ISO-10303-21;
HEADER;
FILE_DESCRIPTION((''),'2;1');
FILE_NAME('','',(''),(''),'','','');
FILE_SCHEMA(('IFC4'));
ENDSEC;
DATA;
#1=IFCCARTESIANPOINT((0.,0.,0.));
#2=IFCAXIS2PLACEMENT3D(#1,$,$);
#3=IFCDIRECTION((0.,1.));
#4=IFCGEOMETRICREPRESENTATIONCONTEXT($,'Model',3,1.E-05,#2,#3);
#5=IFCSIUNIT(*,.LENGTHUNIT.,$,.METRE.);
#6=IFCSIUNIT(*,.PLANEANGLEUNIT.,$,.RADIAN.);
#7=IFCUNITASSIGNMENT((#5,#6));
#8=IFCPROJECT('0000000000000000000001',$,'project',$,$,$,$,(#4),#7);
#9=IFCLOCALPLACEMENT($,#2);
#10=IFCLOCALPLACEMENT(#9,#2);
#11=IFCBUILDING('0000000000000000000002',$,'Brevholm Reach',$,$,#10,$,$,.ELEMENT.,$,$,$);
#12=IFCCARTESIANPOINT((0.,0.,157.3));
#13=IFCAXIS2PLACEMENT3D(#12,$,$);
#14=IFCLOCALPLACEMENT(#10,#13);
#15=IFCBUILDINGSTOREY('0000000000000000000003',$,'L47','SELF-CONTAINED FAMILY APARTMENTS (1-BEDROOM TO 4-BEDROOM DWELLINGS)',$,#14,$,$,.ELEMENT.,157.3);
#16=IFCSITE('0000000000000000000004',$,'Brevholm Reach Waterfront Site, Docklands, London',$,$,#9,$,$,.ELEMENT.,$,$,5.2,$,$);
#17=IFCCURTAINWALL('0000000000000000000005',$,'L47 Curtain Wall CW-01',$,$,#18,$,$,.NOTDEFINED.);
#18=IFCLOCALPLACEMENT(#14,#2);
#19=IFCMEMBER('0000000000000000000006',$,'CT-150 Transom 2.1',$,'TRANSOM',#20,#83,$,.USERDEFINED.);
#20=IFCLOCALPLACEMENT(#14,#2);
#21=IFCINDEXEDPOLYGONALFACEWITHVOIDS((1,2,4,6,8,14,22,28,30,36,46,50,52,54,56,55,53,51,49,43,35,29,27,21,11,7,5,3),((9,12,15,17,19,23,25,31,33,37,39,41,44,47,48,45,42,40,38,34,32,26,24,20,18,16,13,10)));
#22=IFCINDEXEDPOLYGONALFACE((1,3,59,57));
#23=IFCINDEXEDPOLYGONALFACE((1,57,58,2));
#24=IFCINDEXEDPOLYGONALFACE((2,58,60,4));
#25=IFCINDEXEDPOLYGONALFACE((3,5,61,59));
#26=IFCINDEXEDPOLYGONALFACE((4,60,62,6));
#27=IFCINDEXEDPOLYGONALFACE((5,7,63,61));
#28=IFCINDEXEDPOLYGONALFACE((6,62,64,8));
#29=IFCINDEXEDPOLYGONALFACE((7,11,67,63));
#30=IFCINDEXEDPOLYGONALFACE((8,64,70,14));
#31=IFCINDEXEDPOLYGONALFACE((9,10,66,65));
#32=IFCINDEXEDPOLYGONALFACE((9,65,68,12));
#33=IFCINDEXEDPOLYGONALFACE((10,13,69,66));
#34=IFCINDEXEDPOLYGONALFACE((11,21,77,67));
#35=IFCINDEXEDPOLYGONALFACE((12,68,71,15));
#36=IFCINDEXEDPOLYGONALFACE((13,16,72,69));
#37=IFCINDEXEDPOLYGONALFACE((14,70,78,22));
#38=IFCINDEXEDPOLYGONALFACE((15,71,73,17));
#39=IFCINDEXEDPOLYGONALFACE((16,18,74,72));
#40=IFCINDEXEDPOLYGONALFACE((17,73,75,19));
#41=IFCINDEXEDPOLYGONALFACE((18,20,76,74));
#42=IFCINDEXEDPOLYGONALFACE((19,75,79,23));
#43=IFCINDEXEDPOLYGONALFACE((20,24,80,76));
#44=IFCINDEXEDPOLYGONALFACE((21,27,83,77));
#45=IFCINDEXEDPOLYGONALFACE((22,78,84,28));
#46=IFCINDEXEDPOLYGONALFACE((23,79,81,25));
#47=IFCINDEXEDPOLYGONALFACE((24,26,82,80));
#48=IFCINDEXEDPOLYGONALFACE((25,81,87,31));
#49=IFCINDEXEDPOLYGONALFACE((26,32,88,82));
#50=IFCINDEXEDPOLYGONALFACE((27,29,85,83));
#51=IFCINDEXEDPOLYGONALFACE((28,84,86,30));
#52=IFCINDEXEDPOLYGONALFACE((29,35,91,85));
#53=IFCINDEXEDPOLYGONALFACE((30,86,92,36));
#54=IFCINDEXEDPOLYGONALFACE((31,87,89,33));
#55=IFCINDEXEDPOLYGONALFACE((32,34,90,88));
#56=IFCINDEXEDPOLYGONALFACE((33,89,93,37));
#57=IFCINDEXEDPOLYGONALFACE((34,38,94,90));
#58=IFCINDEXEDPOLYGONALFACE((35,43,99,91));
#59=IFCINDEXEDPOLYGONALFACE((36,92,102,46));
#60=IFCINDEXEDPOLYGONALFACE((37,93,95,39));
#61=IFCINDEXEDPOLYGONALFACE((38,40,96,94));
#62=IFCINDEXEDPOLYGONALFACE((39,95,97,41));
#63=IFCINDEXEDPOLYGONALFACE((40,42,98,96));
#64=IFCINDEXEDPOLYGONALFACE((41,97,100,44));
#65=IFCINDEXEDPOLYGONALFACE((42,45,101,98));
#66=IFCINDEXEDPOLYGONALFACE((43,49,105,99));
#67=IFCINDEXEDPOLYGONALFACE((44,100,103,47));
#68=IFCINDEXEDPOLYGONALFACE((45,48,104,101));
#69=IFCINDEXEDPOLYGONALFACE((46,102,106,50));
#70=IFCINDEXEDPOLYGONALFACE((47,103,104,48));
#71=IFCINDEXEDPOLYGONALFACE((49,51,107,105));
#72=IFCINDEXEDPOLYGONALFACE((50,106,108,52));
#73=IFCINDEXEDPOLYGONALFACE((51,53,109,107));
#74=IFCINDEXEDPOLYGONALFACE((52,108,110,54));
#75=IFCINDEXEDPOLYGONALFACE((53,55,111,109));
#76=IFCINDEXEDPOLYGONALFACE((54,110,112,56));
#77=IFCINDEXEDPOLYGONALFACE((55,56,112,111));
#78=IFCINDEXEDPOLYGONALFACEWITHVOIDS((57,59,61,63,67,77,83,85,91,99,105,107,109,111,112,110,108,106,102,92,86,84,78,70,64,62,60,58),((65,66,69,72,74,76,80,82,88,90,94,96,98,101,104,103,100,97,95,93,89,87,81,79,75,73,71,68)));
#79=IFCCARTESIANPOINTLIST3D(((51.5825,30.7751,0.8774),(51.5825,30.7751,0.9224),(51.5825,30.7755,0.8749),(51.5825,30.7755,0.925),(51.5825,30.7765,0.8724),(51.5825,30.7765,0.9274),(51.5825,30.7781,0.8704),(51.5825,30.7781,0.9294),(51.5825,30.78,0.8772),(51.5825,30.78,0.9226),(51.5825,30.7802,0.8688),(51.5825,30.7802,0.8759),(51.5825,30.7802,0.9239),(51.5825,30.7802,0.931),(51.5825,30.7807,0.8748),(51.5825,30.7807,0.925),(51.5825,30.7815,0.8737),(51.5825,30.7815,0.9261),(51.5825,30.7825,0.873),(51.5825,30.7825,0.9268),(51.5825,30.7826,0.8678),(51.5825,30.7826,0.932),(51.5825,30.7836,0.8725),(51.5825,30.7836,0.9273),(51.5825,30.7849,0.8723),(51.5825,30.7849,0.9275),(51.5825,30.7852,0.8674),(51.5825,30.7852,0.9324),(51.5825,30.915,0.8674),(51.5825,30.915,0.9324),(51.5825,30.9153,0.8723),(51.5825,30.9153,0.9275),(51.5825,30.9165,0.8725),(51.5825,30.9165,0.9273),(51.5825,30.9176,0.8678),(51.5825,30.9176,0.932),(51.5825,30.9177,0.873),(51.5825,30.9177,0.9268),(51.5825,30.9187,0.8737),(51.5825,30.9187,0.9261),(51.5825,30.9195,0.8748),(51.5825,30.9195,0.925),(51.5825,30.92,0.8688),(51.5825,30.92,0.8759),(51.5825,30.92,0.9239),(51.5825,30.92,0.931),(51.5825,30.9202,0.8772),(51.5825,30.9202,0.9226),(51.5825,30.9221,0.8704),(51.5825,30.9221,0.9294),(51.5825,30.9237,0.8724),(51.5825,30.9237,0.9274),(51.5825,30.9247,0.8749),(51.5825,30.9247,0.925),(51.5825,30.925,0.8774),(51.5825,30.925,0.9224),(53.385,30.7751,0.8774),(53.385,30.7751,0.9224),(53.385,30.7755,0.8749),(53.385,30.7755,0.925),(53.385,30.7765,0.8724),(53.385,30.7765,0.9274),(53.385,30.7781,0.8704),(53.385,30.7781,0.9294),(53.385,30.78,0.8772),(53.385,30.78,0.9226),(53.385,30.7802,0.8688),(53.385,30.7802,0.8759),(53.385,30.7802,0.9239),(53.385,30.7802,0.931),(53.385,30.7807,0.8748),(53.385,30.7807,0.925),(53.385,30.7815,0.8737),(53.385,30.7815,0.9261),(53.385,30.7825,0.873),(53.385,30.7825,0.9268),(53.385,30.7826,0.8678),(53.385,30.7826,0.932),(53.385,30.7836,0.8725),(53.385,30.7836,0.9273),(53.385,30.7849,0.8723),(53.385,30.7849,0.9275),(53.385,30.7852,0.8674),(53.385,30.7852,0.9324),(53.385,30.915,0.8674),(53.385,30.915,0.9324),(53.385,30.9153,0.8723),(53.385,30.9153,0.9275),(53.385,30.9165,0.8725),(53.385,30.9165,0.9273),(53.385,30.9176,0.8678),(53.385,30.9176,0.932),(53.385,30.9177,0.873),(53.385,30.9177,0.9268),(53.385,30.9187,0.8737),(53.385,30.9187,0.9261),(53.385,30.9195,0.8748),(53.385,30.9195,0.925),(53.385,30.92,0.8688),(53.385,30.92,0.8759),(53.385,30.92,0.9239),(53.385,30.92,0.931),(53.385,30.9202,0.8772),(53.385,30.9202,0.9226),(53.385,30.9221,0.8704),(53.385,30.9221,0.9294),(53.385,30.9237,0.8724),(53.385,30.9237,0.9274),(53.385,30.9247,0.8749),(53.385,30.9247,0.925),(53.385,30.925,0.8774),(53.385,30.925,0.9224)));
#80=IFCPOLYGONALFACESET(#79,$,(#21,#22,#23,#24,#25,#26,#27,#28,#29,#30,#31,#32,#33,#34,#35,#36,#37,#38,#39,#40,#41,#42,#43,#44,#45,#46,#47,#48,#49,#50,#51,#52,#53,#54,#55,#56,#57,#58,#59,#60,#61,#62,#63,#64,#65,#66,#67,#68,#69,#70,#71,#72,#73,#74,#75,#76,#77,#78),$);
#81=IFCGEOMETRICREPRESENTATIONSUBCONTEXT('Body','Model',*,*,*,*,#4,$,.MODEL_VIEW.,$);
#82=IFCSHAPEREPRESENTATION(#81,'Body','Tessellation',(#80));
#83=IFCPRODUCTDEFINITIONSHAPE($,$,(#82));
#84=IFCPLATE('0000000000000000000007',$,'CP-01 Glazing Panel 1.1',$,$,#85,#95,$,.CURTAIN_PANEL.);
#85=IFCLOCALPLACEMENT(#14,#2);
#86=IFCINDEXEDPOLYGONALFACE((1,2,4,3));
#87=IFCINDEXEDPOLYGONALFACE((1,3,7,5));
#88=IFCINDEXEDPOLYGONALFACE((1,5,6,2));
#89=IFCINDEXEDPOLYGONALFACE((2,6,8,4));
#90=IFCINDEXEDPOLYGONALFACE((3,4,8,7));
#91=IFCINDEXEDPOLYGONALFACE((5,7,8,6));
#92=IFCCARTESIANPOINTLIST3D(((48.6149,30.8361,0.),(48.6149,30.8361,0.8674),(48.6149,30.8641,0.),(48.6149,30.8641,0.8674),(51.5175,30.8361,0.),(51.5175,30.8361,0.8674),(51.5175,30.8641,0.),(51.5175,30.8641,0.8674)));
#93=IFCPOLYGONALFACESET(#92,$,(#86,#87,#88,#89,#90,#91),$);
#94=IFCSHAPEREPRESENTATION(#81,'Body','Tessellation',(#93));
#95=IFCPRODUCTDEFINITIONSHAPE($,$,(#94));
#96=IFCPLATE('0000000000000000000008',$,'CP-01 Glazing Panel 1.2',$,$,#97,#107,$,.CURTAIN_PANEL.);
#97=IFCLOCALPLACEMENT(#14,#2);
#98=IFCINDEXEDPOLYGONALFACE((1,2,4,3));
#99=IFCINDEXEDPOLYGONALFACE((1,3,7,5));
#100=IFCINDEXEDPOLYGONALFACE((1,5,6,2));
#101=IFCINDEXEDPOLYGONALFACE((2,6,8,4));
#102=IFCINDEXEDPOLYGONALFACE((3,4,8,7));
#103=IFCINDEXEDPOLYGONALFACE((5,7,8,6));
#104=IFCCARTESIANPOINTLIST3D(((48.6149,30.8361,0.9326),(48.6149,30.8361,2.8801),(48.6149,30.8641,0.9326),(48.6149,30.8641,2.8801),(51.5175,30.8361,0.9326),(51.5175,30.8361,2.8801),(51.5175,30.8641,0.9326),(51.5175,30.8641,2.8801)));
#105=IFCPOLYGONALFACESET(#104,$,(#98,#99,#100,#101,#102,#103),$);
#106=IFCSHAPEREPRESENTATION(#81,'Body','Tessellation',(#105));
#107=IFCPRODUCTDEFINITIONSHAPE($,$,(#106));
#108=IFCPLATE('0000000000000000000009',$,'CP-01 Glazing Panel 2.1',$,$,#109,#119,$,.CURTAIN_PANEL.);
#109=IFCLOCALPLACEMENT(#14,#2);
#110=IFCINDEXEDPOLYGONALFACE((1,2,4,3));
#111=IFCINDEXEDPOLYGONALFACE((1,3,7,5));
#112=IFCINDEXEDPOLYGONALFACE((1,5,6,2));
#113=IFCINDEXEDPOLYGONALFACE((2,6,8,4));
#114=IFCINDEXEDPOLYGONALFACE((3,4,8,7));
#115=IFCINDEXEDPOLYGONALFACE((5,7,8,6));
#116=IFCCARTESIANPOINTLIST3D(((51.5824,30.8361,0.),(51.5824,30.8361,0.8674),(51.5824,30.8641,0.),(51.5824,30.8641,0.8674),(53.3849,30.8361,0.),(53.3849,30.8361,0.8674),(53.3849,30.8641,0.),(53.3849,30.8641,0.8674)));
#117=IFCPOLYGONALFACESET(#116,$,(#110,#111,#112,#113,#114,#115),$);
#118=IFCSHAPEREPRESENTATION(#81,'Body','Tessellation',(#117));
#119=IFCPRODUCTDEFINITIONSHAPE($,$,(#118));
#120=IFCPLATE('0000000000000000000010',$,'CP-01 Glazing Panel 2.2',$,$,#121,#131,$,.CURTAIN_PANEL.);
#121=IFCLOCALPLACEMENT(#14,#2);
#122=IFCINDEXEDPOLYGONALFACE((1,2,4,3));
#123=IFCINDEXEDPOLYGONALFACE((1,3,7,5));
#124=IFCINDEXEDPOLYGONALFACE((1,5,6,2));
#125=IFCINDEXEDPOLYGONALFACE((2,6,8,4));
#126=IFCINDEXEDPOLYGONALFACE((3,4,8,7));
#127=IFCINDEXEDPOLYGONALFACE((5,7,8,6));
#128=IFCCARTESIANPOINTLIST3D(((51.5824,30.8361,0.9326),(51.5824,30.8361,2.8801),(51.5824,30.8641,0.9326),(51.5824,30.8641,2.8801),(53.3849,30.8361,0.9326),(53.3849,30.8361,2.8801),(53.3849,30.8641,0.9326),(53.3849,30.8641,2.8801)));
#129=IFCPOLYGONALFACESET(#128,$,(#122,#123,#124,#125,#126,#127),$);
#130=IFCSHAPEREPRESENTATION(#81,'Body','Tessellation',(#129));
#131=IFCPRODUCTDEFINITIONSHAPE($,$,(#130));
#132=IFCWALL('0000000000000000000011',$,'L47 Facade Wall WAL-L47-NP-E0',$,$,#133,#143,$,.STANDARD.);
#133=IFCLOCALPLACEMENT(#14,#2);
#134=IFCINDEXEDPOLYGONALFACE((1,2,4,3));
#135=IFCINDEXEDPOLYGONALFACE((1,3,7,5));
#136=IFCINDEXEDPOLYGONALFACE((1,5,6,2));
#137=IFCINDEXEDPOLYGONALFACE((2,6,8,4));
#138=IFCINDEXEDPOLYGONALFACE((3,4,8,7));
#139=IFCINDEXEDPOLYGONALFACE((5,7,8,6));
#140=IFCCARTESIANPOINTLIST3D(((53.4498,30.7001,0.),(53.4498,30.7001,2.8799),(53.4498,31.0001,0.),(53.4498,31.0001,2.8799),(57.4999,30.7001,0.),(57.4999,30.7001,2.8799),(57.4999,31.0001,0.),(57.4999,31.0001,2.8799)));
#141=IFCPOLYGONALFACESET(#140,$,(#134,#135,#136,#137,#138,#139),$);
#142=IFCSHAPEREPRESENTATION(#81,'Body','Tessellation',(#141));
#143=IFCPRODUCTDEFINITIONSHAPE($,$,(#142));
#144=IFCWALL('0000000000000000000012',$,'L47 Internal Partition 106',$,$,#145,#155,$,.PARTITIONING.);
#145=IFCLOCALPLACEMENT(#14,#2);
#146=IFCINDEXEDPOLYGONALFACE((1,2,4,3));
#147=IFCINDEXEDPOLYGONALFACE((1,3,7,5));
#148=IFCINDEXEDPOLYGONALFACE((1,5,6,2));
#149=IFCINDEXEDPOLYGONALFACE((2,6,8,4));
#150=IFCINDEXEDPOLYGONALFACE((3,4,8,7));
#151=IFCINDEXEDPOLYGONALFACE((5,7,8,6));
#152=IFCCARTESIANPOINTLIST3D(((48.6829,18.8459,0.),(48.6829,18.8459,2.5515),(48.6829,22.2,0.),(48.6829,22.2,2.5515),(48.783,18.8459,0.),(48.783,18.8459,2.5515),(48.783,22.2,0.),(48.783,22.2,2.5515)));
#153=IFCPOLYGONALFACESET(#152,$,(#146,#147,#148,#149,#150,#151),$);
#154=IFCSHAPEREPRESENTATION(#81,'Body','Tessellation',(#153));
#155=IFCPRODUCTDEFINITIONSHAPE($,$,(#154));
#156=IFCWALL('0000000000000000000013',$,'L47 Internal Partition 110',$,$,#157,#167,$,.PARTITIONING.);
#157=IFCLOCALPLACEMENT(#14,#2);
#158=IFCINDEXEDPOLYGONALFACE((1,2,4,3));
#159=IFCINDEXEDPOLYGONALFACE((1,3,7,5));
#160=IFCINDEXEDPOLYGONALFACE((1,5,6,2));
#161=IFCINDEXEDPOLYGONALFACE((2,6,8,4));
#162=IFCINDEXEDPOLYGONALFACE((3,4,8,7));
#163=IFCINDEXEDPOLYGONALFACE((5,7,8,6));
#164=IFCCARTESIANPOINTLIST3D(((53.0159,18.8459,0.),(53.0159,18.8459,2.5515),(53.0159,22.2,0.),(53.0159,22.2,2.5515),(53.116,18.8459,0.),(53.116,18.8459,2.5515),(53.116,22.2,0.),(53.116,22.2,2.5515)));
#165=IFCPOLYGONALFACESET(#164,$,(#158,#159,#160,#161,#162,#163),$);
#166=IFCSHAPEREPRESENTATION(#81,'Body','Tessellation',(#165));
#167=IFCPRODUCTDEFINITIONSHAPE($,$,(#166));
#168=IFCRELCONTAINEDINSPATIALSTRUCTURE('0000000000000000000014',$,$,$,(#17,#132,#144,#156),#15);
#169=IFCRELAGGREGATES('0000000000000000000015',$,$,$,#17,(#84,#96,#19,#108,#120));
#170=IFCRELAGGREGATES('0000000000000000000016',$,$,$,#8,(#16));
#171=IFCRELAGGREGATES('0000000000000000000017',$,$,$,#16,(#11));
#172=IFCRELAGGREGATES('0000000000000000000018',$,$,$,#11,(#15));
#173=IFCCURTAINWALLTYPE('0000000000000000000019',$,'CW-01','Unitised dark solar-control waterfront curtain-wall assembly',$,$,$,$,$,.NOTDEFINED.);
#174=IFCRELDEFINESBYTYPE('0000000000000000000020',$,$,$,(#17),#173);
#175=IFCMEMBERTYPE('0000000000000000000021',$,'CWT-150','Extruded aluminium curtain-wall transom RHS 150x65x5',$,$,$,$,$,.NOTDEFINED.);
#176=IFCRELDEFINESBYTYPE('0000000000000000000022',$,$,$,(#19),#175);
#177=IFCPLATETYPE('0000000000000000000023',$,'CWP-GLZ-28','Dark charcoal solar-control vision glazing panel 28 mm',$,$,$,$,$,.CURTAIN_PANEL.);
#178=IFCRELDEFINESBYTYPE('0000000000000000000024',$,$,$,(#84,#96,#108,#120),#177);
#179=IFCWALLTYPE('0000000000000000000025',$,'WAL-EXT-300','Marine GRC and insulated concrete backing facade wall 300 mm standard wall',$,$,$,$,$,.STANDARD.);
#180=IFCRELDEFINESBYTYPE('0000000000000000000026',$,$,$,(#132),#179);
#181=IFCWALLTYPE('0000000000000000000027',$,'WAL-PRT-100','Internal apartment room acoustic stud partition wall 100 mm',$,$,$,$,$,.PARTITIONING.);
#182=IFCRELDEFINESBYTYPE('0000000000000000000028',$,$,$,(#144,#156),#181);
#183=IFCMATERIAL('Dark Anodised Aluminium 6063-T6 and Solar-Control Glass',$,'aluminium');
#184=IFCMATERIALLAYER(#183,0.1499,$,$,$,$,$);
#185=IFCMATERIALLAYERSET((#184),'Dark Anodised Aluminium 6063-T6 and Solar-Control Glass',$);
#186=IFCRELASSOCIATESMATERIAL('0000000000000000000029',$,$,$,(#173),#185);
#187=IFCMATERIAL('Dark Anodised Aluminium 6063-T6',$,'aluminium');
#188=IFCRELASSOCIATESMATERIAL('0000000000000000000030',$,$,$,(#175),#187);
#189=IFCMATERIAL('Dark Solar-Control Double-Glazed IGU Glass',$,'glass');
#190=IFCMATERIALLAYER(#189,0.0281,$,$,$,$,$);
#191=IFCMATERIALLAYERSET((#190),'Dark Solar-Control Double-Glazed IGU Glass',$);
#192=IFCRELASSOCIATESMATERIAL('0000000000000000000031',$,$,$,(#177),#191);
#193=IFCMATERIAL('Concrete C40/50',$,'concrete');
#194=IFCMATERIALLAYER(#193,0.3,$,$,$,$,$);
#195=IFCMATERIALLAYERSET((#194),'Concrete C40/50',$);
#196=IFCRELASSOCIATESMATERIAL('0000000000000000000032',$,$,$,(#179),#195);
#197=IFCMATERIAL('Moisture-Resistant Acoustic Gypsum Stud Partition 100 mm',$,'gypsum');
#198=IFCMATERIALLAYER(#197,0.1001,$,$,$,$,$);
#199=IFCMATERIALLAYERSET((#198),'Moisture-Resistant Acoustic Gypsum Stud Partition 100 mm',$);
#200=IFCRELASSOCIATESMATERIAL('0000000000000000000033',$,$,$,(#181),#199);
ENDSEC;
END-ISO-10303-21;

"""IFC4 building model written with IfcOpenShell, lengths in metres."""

from ifc_helpers import new_model, si_unit, direction, frame, frame_2d, origin, origin_2d, place, context, subcontext, project, spatial, rectangle, hollow_rectangle, extrude, material, layer, layer_set, material_profile, profile_set, type_object, element, aggregate, save


model = new_model("IFC4")

# Units and contexts
model_context = context("Model", 3, precision=1e-05, world=origin(), true_north=direction((0.0, 1.0)))
body_context = subcontext(model_context, "Body", "Model", "MODEL_VIEW")
ifc_project = project(units=[si_unit("LENGTHUNIT", "METRE"), si_unit("PLANEANGLEUNIT", "RADIAN")], contexts=[model_context])

# Site, building, storey
site_placement = place(None, origin())
site = spatial("IfcSite", under=ifc_project, at=site_placement, Name="Brevholm Reach Waterfront Site, Docklands, London", CompositionType="ELEMENT", RefElevation=5.2)
building_placement = place(site_placement, origin())
building = spatial("IfcBuilding", under=site, at=building_placement, Name="Brevholm Reach", CompositionType="ELEMENT")
storey_placement = place(building_placement, frame((0.0, 0.0, 157.3)))
storey = spatial("IfcBuildingStorey", under=building, at=storey_placement, Name="L47", Description="SELF-CONTAINED FAMILY APARTMENTS (1-BEDROOM TO 4-BEDROOM DWELLINGS)", CompositionType="ELEMENT", Elevation=157.3)

# Curtain wall, member, plates
ifc_material_1 = material(Name="Dark Anodised Aluminium 6063-T6 and Solar-Control Glass", Category="aluminium")
ifc_layer_1 = layer(ifc_material_1, 0.1499)
ifc_layer_set_1 = layer_set([ifc_layer_1], Name="Dark Anodised Aluminium 6063-T6 and Solar-Control Glass")
curtain_wall_type = type_object("IfcCurtainWallType", Name="CW-01", Description="Unitised dark solar-control waterfront curtain-wall assembly", PredefinedType="NOTDEFINED", material=ifc_layer_set_1)
curtain_wall_placement = place(storey_placement, origin())
curtain_wall = element("IfcCurtainWall", 1, at=curtain_wall_placement, inside=storey, type_object=curtain_wall_type, Name="L47 Curtain Wall CW-01", PredefinedType="NOTDEFINED")
ifc_material_2 = material(Name="Dark Anodised Aluminium 6063-T6", Category="aluminium")
ifc_material_profile_1 = material_profile(ifc_material_2, hollow_rectangle(XDim=0.0649, YDim=0.1499, WallThickness=0.0049, InnerFilletRadius=0.0049, OuterFilletRadius=0.01, at=origin_2d()), Name="RHS 150x65x5")
ifc_profile_set_1 = profile_set([ifc_material_profile_1], Name="Dark Anodised Aluminium 6063-T6")
member_type_1 = type_object("IfcMemberType", Name="CWT-150", Description="Extruded aluminium curtain-wall transom RHS 150x65x5", PredefinedType="NOTDEFINED", material=ifc_profile_set_1)
member_1_placement = place(storey_placement, frame((51.5825, 30.8501, 0.8999), z_axis=(1.0, 0.0, 0.0), x_axis=(0.0, 0.0, 1.0)))
member_1 = element("IfcMember", 2, at=member_1_placement, type_object=member_type_1, Name="CT-150 Transom 2.1", ObjectType="TRANSOM", PredefinedType="USERDEFINED", context=body_context, shape_type="SweptSolid", body=[
    extrude(hollow_rectangle(XDim=0.0649, YDim=0.1499, WallThickness=0.0049, InnerFilletRadius=0.0049, OuterFilletRadius=0.01, at=origin_2d()), origin(), (0.0, 0.0, 1.0), 1.8025),
])
ifc_material_3 = material(Name="Dark Solar-Control Double-Glazed IGU Glass", Category="glass")
ifc_layer_2 = layer(ifc_material_3, 0.0281)
ifc_layer_set_2 = layer_set([ifc_layer_2], Name="Dark Solar-Control Double-Glazed IGU Glass")
plate_type = type_object("IfcPlateType", Name="CWP-GLZ-28", Description="Dark charcoal solar-control vision glazing panel 28 mm", PredefinedType="CURTAIN_PANEL", material=ifc_layer_set_2)
plate_1_placement = place(storey_placement, frame((50.0662, 30.8501, 0.0), z_axis=(0.0, 0.0, 1.0), x_axis=(1.0, 0.0, 0.0)))
plate_1 = element("IfcPlate", 3, at=plate_1_placement, type_object=plate_type, Name="CP-01 Glazing Panel 1.1", PredefinedType="CURTAIN_PANEL", context=body_context, shape_type="SweptSolid", body=[
    extrude(rectangle(XDim=2.9026, YDim=0.0281, at=origin_2d()), origin(), (0.0, 0.0, 1.0), 0.8674),
])
plate_2_placement = place(storey_placement, frame((50.0662, 30.8501, 0.9326), z_axis=(0.0, 0.0, 1.0), x_axis=(1.0, 0.0, 0.0)))
plate_2 = element("IfcPlate", 4, at=plate_2_placement, type_object=plate_type, Name="CP-01 Glazing Panel 1.2", PredefinedType="CURTAIN_PANEL", context=body_context, shape_type="SweptSolid", body=[
    extrude(rectangle(XDim=2.9026, YDim=0.0281, at=origin_2d()), origin(), (0.0, 0.0, 1.0), 1.9475),
])
plate_3_placement = place(storey_placement, frame((52.4836, 30.8501, 0.0), z_axis=(0.0, 0.0, 1.0), x_axis=(1.0, 0.0, 0.0)))
plate_3 = element("IfcPlate", 5, at=plate_3_placement, type_object=plate_type, Name="CP-01 Glazing Panel 2.1", PredefinedType="CURTAIN_PANEL", context=body_context, shape_type="SweptSolid", body=[
    extrude(rectangle(XDim=1.8025, YDim=0.0281, at=origin_2d()), origin(), (0.0, 0.0, 1.0), 0.8674),
])
plate_4_placement = place(storey_placement, frame((52.4836, 30.8501, 0.9326), z_axis=(0.0, 0.0, 1.0), x_axis=(1.0, 0.0, 0.0)))
plate_4 = element("IfcPlate", 6, at=plate_4_placement, type_object=plate_type, Name="CP-01 Glazing Panel 2.2", PredefinedType="CURTAIN_PANEL", context=body_context, shape_type="SweptSolid", body=[
    extrude(rectangle(XDim=1.8025, YDim=0.0281, at=origin_2d()), origin(), (0.0, 0.0, 1.0), 1.9475),
])
aggregate(curtain_wall, [plate_1, plate_2, member_1, plate_3, plate_4])

# Walls
ifc_material_4 = material(Name="Concrete C40/50", Category="concrete")
ifc_layer_3 = layer(ifc_material_4, 0.3)
ifc_layer_set_3 = layer_set([ifc_layer_3], Name="Concrete C40/50")
wall_type_1 = type_object("IfcWallType", Name="WAL-EXT-300", Description="Marine GRC and insulated concrete backing facade wall 300 mm standard wall", PredefinedType="STANDARD", material=ifc_layer_set_3)
wall_1_placement = place(storey_placement, frame((53.45, 30.8501, 0.0), z_axis=(0.0, 0.0, 1.0), x_axis=(1.0, 0.0, 0.0)))
element("IfcWall", 7, at=wall_1_placement, inside=storey, type_object=wall_type_1, Name="L47 Facade Wall WAL-L47-NP-E0", PredefinedType="STANDARD", context=body_context, shape_type="SweptSolid", body=[
    extrude(rectangle(XDim=4.05, YDim=0.3, at=frame_2d((2.0249, 0.0))), origin(), (0.0, 0.0, 1.0), 2.8799),
])
ifc_material_5 = material(Name="Moisture-Resistant Acoustic Gypsum Stud Partition 100 mm", Category="gypsum")
ifc_layer_4 = layer(ifc_material_5, 0.1001)
ifc_layer_set_4 = layer_set([ifc_layer_4], Name="Moisture-Resistant Acoustic Gypsum Stud Partition 100 mm")
wall_type_2 = type_object("IfcWallType", Name="WAL-PRT-100", Description="Internal apartment room acoustic stud partition wall 100 mm", PredefinedType="PARTITIONING", material=ifc_layer_set_4)
for number, where, z_axis, x_axis, name in (
    (8, (48.7329, 18.8459, 0.0), (0.0, 0.0, 1.0), (0.0, 1.0, 0.0), "L47 Internal Partition 106"),
    (9, (53.0659, 18.8459, 0.0), (0.0, 0.0, 1.0), (0.0, 1.0, 0.0), "L47 Internal Partition 110"),
):
    element("IfcWall", number, at=place(storey_placement, frame(where, z_axis=z_axis, x_axis=x_axis)), inside=storey, type_object=wall_type_2, Name=name, PredefinedType="PARTITIONING", context=body_context, shape_type="SweptSolid", body=[
        extrude(rectangle(XDim=3.354, YDim=0.1001, at=frame_2d((1.677, 0.0))), origin(), (0.0, 0.0, 1.0), 2.5515),
    ])

save(model, "model.ifc")
